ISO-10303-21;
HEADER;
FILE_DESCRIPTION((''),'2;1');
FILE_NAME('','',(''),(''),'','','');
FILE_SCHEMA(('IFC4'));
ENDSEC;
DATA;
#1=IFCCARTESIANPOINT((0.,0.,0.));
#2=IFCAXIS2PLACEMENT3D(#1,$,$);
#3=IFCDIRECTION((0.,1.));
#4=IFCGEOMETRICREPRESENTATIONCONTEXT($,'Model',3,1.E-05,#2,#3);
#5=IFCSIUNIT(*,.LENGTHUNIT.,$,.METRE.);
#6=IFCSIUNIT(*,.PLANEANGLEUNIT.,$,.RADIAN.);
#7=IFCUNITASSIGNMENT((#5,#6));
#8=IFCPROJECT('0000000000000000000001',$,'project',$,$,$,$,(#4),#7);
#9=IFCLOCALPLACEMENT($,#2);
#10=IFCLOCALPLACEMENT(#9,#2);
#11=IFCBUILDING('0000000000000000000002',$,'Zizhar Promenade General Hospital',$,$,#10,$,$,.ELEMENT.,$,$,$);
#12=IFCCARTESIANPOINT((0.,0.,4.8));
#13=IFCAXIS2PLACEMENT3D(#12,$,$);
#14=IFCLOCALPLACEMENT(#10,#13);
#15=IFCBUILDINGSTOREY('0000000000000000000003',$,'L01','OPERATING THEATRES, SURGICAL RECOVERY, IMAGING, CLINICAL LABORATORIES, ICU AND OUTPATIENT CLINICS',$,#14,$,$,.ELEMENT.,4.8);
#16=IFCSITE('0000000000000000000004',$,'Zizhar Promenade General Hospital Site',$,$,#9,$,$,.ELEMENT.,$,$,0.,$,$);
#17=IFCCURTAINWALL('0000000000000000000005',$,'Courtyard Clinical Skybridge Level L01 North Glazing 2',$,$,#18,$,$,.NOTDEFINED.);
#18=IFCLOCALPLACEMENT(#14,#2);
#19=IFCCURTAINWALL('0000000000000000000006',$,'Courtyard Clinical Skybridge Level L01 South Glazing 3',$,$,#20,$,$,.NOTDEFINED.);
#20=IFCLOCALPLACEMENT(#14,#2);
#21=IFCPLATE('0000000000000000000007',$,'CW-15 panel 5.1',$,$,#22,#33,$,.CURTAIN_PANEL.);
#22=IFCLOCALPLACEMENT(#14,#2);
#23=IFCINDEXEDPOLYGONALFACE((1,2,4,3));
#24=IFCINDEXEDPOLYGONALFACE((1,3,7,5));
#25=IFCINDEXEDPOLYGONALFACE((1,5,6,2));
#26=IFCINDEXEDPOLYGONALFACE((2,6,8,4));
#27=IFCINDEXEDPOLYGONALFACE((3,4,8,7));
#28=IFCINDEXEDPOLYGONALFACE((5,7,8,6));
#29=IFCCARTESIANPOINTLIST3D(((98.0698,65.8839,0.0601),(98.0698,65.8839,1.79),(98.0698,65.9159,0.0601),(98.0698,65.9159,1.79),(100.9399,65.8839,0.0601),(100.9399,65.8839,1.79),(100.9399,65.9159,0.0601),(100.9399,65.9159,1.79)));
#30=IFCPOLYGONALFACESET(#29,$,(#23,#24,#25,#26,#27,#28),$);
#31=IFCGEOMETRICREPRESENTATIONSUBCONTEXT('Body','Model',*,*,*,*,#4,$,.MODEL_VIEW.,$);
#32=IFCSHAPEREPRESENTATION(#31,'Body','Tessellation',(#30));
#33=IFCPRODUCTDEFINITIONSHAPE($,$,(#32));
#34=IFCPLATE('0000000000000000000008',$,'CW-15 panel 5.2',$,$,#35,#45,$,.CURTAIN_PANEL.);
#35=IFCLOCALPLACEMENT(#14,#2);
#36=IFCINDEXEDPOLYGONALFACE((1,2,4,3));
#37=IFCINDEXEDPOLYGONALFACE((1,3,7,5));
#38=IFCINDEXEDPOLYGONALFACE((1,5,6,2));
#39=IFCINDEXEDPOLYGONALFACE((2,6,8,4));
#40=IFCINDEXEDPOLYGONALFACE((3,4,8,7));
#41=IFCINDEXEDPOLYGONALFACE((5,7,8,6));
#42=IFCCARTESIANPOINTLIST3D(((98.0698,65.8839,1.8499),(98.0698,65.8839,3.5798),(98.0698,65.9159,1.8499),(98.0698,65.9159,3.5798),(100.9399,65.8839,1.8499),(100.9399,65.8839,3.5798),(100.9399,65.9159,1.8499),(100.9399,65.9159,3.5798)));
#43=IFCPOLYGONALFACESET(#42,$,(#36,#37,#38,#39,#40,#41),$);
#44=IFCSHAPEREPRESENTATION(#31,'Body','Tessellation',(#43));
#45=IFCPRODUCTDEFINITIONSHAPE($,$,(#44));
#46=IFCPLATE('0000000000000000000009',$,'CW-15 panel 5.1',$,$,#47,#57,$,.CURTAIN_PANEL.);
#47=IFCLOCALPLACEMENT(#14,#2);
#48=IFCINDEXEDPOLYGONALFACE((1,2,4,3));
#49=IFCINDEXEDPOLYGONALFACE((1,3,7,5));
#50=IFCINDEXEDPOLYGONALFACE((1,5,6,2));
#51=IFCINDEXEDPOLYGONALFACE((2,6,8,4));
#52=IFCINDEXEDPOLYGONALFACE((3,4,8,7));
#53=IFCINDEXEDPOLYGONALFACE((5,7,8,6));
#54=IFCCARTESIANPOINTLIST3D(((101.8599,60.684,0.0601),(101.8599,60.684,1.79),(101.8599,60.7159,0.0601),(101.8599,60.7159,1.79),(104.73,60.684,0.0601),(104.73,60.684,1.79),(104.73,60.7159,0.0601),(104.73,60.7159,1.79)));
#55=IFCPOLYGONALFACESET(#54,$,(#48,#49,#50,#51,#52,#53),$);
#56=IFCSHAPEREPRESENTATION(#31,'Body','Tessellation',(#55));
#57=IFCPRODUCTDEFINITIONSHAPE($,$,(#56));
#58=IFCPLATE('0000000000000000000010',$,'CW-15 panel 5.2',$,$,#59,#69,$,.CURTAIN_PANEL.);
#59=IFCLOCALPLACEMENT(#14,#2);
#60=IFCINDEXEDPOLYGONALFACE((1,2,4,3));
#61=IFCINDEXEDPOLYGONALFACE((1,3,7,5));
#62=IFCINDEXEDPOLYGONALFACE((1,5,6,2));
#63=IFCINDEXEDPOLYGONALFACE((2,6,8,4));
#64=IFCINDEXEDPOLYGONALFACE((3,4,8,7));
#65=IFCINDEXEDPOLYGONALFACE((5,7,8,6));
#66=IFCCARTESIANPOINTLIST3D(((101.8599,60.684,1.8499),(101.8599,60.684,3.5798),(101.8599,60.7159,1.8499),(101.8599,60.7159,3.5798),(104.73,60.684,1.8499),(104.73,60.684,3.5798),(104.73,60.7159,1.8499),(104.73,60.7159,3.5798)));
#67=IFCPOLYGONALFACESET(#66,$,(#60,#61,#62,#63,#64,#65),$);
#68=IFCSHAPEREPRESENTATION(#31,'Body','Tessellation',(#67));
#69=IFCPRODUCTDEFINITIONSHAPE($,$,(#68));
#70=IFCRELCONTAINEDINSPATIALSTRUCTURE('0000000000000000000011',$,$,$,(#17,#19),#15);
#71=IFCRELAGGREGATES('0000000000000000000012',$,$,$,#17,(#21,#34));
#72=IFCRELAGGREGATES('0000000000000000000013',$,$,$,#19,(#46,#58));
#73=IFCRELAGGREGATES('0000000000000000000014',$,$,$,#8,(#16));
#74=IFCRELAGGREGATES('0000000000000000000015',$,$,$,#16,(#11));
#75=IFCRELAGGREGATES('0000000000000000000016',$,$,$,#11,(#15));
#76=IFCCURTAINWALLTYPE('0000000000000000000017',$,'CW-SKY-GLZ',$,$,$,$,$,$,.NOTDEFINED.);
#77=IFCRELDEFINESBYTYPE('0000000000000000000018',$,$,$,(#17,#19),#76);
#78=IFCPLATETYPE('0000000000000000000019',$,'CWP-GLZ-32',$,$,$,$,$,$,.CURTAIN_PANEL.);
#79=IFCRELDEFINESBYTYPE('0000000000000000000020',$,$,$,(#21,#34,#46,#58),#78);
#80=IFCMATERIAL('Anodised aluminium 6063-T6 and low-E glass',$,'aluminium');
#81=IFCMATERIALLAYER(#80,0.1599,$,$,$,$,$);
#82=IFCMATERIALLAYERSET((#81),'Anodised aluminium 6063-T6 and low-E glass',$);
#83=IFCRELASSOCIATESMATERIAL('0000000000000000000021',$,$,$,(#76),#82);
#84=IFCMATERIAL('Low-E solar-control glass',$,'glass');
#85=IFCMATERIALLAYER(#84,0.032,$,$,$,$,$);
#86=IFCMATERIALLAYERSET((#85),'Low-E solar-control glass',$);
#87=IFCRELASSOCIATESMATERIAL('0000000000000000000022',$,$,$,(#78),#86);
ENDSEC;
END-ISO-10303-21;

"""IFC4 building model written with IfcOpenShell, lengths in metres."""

from ifc_helpers import new_model, si_unit, direction, frame, origin, origin_2d, place, context, subcontext, project, spatial, rectangle, extrude, material, layer, layer_set, type_object, element, aggregate, save


model = new_model("IFC4")

# Units and contexts
model_context = context("Model", 3, precision=1e-05, world=origin(), true_north=direction((0.0, 1.0)))
body_context = subcontext(model_context, "Body", "Model", "MODEL_VIEW")
ifc_project = project(units=[si_unit("LENGTHUNIT", "METRE"), si_unit("PLANEANGLEUNIT", "RADIAN")], contexts=[model_context])

# Site, building, storey
site_placement = place(None, origin())
site = spatial("IfcSite", under=ifc_project, at=site_placement, Name="Zizhar Promenade General Hospital Site", CompositionType="ELEMENT", RefElevation=0.0)
building_placement = place(site_placement, origin())
building = spatial("IfcBuilding", under=site, at=building_placement, Name="Zizhar Promenade General Hospital", CompositionType="ELEMENT")
storey_placement = place(building_placement, frame((0.0, 0.0, 4.8)))
storey = spatial("IfcBuildingStorey", under=building, at=storey_placement, Name="L01", Description="OPERATING THEATRES, SURGICAL RECOVERY, IMAGING, CLINICAL LABORATORIES, ICU AND OUTPATIENT CLINICS", CompositionType="ELEMENT", Elevation=4.8)

# Curtain walls
ifc_material_1 = material(Name="Anodised aluminium 6063-T6 and low-E glass", Category="aluminium")
ifc_layer_1 = layer(ifc_material_1, 0.1599)
ifc_layer_set_1 = layer_set([ifc_layer_1], Name="Anodised aluminium 6063-T6 and low-E glass")
curtain_wall_type = type_object("IfcCurtainWallType", Name="CW-SKY-GLZ", PredefinedType="NOTDEFINED", material=ifc_layer_set_1)
curtain_wall_1_placement = place(storey_placement, origin())
curtain_wall_1 = element("IfcCurtainWall", 1, at=curtain_wall_1_placement, inside=storey, type_object=curtain_wall_type, Name="Courtyard Clinical Skybridge Level L01 North Glazing 2", PredefinedType="NOTDEFINED")
curtain_wall_2_placement = place(storey_placement, origin())
curtain_wall_2 = element("IfcCurtainWall", 2, at=curtain_wall_2_placement, inside=storey, type_object=curtain_wall_type, Name="Courtyard Clinical Skybridge Level L01 South Glazing 3", PredefinedType="NOTDEFINED")

# Plates
ifc_material_2 = material(Name="Low-E solar-control glass", Category="glass")
ifc_layer_2 = layer(ifc_material_2, 0.032)
ifc_layer_set_2 = layer_set([ifc_layer_2], Name="Low-E solar-control glass")
plate_type = type_object("IfcPlateType", Name="CWP-GLZ-32", PredefinedType="CURTAIN_PANEL", material=ifc_layer_set_2)
plate_1_placement = place(storey_placement, frame((99.5049, 65.8999, 0.0601), z_axis=(0.0, 0.0, 1.0), x_axis=(1.0, 0.0, 0.0)))
plate_1 = element("IfcPlate", 3, at=plate_1_placement, type_object=plate_type, Name="CW-15 panel 5.1", PredefinedType="CURTAIN_PANEL", context=body_context, shape_type="SweptSolid", body=[
    extrude(rectangle(XDim=2.8701, YDim=0.032, at=origin_2d()), origin(), (0.0, 0.0, 1.0), 1.73),
])
plate_2_placement = place(storey_placement, frame((99.5049, 65.8999, 1.8499), z_axis=(0.0, 0.0, 1.0), x_axis=(1.0, 0.0, 0.0)))
plate_2 = element("IfcPlate", 4, at=plate_2_placement, type_object=plate_type, Name="CW-15 panel 5.2", PredefinedType="CURTAIN_PANEL", context=body_context, shape_type="SweptSolid", body=[
    extrude(rectangle(XDim=2.8701, YDim=0.032, at=origin_2d()), origin(), (0.0, 0.0, 1.0), 1.73),
])
aggregate(curtain_wall_1, [plate_1, plate_2])
plate_3_placement = place(storey_placement, frame((103.2949, 60.7, 0.0601), z_axis=(0.0, 0.0, 1.0), x_axis=(-1.0, 0.0, 0.0)))
plate_3 = element("IfcPlate", 5, at=plate_3_placement, type_object=plate_type, Name="CW-15 panel 5.1", PredefinedType="CURTAIN_PANEL", context=body_context, shape_type="SweptSolid", body=[
    extrude(rectangle(XDim=2.8701, YDim=0.032, at=origin_2d()), origin(), (0.0, 0.0, 1.0), 1.73),
])
plate_4_placement = place(storey_placement, frame((103.2949, 60.7, 1.8499), z_axis=(0.0, 0.0, 1.0), x_axis=(-1.0, 0.0, 0.0)))
plate_4 = element("IfcPlate", 6, at=plate_4_placement, type_object=plate_type, Name="CW-15 panel 5.2", PredefinedType="CURTAIN_PANEL", context=body_context, shape_type="SweptSolid", body=[
    extrude(rectangle(XDim=2.8701, YDim=0.032, at=origin_2d()), origin(), (0.0, 0.0, 1.0), 1.73),
])
aggregate(curtain_wall_2, [plate_3, plate_4])

save(model, "model.ifc")
